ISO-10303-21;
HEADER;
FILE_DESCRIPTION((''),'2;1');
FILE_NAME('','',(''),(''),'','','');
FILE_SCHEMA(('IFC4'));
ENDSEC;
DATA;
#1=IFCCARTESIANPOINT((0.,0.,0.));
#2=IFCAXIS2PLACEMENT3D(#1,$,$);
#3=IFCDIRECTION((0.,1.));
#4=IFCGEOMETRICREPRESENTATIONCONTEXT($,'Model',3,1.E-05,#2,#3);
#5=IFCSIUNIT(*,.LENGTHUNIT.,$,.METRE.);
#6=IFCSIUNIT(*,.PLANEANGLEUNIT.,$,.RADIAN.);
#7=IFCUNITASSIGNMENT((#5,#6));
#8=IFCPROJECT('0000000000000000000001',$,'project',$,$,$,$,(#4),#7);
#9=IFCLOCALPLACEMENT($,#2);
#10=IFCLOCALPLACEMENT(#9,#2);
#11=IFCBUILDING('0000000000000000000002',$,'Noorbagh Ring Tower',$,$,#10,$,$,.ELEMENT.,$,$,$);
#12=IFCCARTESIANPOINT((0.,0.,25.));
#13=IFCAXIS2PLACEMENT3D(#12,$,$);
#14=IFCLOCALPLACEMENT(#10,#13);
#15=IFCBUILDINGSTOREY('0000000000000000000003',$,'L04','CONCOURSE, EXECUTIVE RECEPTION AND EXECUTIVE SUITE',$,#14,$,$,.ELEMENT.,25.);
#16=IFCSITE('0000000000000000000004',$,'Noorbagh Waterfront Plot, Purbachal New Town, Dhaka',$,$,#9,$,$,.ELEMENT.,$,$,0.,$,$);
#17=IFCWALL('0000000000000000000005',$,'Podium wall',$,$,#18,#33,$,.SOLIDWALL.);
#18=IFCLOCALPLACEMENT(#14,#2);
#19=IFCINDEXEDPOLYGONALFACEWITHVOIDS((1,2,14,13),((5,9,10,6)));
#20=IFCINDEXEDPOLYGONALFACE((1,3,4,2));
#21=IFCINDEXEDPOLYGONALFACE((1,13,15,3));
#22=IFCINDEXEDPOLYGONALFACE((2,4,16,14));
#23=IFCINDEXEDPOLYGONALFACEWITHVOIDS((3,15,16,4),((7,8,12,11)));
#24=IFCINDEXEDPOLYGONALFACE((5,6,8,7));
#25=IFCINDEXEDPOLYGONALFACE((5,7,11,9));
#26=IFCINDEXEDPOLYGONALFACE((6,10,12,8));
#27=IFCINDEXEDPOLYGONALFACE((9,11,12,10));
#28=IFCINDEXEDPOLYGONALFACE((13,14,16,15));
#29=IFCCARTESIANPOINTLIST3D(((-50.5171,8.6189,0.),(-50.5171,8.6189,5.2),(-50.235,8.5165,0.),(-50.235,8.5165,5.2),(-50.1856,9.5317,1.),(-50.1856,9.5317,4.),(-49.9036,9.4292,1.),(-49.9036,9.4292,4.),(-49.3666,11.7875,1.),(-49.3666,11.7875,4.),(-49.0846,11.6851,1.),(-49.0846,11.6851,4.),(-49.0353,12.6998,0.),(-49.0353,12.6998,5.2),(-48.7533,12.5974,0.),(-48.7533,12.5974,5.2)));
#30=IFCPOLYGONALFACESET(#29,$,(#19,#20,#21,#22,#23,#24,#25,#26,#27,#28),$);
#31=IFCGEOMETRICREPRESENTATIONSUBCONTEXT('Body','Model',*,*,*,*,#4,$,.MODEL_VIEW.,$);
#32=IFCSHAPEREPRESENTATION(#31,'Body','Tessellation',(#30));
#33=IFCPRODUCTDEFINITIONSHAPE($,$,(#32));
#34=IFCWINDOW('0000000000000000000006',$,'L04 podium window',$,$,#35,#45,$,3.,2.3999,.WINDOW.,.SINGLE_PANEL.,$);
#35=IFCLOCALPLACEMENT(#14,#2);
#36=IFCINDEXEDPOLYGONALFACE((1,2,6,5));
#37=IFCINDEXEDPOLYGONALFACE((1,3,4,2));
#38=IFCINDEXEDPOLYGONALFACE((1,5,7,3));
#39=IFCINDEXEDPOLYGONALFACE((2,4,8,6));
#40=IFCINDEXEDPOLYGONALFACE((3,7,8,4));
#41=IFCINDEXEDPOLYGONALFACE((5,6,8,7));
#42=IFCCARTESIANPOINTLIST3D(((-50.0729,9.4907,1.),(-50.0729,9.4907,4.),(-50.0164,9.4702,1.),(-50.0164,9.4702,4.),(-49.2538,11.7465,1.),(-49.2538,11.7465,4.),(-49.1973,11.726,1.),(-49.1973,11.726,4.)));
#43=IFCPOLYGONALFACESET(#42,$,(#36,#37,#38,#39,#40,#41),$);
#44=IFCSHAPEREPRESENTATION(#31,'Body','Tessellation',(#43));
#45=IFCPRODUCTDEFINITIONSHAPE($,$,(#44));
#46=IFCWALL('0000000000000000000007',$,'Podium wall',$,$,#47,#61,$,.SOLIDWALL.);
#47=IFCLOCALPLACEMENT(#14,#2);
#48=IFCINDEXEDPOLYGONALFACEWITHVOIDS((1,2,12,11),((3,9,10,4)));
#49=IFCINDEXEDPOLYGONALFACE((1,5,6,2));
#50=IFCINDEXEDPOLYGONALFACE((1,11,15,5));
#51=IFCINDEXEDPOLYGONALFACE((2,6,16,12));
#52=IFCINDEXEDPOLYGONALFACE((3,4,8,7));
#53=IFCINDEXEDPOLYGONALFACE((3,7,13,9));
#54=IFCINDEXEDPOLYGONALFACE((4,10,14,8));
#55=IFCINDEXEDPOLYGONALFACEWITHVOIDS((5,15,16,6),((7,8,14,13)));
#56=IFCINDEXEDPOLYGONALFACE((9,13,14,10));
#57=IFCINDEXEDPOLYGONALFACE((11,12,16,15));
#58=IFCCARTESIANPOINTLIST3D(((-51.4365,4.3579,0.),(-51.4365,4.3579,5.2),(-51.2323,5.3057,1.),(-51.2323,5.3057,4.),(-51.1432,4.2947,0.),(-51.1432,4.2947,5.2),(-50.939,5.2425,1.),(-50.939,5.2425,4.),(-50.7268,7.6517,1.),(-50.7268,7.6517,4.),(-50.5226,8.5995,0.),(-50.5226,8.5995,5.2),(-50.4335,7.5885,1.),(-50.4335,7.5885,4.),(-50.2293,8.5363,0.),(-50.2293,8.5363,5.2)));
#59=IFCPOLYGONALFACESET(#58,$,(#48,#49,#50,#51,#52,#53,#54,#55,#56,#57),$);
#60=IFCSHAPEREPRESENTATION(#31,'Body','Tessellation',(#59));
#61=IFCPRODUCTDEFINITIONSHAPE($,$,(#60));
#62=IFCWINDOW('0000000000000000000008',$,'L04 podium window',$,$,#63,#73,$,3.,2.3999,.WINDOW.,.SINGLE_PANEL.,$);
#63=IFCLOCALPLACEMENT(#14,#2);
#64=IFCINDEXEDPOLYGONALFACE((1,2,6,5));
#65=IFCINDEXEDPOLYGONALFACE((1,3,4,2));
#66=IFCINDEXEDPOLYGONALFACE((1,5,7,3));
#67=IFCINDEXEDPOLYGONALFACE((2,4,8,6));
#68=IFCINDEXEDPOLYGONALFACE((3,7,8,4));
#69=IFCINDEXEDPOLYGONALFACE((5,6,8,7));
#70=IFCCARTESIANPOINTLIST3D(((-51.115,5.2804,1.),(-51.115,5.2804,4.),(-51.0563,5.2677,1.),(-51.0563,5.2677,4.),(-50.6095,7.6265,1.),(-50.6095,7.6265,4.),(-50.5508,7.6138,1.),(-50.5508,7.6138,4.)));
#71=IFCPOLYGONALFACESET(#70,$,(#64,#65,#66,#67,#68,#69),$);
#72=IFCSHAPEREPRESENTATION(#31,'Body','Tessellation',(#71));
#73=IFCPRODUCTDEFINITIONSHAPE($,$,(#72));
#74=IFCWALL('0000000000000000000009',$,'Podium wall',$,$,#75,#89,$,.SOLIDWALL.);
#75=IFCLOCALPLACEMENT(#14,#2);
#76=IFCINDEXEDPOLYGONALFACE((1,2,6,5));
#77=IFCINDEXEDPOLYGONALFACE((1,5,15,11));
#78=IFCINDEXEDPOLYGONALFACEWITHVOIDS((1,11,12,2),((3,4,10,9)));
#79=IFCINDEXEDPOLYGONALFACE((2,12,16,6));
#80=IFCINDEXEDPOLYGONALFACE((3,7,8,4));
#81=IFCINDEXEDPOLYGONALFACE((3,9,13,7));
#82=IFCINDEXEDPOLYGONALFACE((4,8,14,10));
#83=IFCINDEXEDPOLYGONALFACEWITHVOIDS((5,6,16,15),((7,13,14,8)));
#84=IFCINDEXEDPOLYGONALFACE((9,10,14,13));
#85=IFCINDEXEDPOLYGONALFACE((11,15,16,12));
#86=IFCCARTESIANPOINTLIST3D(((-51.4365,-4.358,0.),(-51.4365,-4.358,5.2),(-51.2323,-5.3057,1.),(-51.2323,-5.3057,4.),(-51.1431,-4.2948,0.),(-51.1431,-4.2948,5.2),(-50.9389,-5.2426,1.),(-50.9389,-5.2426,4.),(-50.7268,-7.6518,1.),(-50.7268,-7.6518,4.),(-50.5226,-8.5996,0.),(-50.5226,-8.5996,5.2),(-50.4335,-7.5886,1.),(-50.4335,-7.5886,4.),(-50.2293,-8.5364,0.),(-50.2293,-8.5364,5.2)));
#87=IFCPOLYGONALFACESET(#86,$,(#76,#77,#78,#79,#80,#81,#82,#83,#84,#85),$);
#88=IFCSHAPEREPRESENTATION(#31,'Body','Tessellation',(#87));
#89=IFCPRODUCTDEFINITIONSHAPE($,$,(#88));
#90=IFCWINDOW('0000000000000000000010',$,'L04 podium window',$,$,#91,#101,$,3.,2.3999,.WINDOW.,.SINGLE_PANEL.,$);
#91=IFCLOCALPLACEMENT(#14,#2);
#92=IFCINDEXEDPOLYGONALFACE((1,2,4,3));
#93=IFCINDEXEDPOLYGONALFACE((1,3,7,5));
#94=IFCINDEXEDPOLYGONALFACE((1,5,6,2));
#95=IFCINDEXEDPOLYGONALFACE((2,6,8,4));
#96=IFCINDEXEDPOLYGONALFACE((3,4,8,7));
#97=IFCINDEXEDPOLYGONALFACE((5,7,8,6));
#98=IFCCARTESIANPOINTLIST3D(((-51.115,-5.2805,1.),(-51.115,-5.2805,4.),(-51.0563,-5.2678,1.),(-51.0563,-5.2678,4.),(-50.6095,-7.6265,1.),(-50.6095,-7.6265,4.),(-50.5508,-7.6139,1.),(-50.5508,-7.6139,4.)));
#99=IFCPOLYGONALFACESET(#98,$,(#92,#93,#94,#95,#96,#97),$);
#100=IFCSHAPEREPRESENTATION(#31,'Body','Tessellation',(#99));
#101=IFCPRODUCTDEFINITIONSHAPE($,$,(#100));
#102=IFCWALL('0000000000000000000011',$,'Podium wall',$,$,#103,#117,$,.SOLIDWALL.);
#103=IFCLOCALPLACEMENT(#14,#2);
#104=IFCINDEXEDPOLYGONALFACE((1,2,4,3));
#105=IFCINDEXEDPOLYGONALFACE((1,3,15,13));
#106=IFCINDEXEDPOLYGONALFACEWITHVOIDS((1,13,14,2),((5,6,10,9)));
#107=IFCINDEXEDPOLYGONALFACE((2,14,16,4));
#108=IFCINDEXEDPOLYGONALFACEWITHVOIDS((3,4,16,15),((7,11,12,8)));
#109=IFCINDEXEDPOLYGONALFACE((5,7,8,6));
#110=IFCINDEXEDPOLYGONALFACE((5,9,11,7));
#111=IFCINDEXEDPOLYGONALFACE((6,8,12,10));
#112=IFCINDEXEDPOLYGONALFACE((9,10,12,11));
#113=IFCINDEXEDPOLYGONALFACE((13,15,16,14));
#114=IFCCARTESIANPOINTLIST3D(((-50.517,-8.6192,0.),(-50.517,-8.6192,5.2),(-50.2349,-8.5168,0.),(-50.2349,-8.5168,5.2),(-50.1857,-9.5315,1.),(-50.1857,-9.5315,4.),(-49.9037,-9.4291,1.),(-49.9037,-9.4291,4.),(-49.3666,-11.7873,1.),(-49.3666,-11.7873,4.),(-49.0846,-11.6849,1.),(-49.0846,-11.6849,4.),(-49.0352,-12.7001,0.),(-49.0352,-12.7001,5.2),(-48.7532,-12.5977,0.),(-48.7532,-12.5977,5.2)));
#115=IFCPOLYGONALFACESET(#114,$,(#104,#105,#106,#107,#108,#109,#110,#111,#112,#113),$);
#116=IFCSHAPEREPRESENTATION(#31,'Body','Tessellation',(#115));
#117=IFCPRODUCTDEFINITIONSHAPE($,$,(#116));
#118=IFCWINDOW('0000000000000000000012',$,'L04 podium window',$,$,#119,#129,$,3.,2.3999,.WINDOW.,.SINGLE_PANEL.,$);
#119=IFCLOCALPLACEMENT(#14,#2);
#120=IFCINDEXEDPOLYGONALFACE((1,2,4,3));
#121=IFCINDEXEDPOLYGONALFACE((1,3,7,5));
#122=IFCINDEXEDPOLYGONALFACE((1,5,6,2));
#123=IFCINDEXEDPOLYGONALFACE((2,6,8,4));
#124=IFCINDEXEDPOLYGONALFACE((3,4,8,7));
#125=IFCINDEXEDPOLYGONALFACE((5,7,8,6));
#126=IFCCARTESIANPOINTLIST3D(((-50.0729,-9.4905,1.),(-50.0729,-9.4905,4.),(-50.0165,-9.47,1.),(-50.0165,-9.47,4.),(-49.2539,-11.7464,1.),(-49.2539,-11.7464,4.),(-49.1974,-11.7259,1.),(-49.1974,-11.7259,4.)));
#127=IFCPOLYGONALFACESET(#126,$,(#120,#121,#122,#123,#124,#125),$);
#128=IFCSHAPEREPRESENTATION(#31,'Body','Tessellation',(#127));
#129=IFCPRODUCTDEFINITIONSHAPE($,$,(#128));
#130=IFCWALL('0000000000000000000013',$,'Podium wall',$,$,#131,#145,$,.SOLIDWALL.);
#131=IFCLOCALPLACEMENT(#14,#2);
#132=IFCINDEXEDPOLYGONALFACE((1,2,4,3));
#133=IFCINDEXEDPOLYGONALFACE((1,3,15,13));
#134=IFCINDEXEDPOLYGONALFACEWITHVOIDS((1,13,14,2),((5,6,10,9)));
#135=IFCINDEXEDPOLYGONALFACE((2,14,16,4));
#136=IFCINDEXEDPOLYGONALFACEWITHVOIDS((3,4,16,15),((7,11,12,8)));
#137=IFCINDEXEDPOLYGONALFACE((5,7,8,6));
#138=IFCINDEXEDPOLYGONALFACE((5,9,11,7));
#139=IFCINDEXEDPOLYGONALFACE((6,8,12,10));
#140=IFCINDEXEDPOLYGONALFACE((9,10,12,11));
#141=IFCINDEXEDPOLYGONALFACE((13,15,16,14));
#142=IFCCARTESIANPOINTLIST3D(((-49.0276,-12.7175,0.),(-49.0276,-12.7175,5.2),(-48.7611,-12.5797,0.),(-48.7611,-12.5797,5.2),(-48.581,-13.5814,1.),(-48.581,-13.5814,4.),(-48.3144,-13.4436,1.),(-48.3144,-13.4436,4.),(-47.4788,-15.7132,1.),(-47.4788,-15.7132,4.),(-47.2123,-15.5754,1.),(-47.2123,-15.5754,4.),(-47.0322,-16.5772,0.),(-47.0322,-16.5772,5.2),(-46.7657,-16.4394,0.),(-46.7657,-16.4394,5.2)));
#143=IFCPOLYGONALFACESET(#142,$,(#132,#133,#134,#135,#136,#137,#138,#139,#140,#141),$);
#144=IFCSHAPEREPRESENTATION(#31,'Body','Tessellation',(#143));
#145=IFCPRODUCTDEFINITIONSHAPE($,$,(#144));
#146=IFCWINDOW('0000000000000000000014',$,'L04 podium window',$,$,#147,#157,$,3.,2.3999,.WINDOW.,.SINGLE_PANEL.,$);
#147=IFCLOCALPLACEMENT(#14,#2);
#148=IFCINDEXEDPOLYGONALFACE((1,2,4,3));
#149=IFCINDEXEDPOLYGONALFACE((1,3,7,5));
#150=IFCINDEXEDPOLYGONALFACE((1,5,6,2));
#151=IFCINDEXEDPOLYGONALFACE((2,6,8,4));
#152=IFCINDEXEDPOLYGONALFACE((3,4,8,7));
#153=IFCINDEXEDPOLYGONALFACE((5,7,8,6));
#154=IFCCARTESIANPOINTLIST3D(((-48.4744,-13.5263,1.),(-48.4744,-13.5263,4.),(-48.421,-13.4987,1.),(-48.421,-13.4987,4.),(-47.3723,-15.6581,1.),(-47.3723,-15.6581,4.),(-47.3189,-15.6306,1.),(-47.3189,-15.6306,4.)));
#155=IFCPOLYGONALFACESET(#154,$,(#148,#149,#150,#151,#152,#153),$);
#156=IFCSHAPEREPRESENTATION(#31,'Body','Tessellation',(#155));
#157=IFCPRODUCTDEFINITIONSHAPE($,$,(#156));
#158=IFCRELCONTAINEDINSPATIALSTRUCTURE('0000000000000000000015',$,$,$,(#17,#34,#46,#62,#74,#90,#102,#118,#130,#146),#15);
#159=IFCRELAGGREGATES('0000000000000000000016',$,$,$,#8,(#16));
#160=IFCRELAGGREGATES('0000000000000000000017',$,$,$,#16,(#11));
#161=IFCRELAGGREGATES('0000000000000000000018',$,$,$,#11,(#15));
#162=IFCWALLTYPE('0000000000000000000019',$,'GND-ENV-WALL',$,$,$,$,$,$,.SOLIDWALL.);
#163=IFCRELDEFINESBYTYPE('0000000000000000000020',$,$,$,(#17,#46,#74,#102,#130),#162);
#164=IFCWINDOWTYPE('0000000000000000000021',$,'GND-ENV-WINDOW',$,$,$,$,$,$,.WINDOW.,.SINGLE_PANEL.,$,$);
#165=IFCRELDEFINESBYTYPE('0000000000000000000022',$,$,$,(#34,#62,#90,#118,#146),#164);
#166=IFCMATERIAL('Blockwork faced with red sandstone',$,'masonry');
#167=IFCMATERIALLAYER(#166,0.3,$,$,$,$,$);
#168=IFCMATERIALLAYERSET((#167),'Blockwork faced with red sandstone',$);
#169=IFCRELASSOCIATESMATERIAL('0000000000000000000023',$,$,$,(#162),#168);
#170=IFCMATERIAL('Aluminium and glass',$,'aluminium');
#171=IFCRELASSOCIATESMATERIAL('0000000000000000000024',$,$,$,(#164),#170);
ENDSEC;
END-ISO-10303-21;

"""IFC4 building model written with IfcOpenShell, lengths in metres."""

from ifc_helpers import new_model, si_unit, direction, frame, frame_2d, origin, place, context, subcontext, project, spatial, rectangle, extrude, material, layer, layer_set, type_object, element, fill, save


model = new_model("IFC4")

# Units and contexts
model_context = context("Model", 3, precision=1e-05, world=origin(), true_north=direction((0.0, 1.0)))
body_context = subcontext(model_context, "Body", "Model", "MODEL_VIEW")
ifc_project = project(units=[si_unit("LENGTHUNIT", "METRE"), si_unit("PLANEANGLEUNIT", "RADIAN")], contexts=[model_context])

# Site, building, storey
site_placement = place(None, origin())
site = spatial("IfcSite", under=ifc_project, at=site_placement, Name="Noorbagh Waterfront Plot, Purbachal New Town, Dhaka", CompositionType="ELEMENT", RefElevation=0.0)
building_placement = place(site_placement, origin())
building = spatial("IfcBuilding", under=site, at=building_placement, Name="Noorbagh Ring Tower", CompositionType="ELEMENT")
storey_placement = place(building_placement, frame((0.0, 0.0, 25.0)))
storey = spatial("IfcBuildingStorey", under=building, at=storey_placement, Name="L04", Description="CONCOURSE, EXECUTIVE RECEPTION AND EXECUTIVE SUITE", CompositionType="ELEMENT", Elevation=25.0)

# Walls, openings, windows
ifc_material_1 = material(Name="Blockwork faced with red sandstone", Category="masonry")
ifc_layer_1 = layer(ifc_material_1, 0.3)
ifc_layer_set_1 = layer_set([ifc_layer_1], Name="Blockwork faced with red sandstone")
wall_type_1 = type_object("IfcWallType", Name="GND-ENV-WALL", PredefinedType="SOLIDWALL", material=ifc_layer_set_1)
wall_1_placement = place(storey_placement, frame((-48.8943, 12.6487, 0.0), z_axis=(0.0, 0.0, 1.0), x_axis=(-0.341287, -0.939959, 0.0)))
wall_1 = element("IfcWall", 1, at=wall_1_placement, inside=storey, type_object=wall_type_1, Name="Podium wall", PredefinedType="SOLIDWALL", context=body_context, shape_type="SweptSolid", body=[
    extrude(rectangle(XDim=4.3416, YDim=0.3, at=frame_2d((2.1709, 0.0))), origin(), (0.0, 0.0, 1.0), 5.2),
])
opening_1_placement = place(wall_1_placement, frame((0.9707, 0.0, 1.0)))
opening_1 = element("IfcOpeningElement", 2, at=opening_1_placement, cuts=wall_1, PredefinedType="OPENING", context=body_context, shape_type="SweptSolid", body=[
    extrude(rectangle(XDim=2.3999, YDim=3.0, at=frame_2d((1.2, 1.5))), frame((0.0, 0.1602, 0.0), z_axis=(0.0, -1.0, 0.0), x_axis=(1.0, 0.0, 0.0)), (0.0, 0.0, 1.0), 0.3201),
])
ifc_material_2 = material(Name="Aluminium and glass", Category="aluminium")
window_type = type_object("IfcWindowType", Name="GND-ENV-WINDOW", PartitioningType="SINGLE_PANEL", PredefinedType="WINDOW", material=ifc_material_2)
window_1_placement = place(opening_1_placement, origin())
window_1 = element("IfcWindow", 3, at=window_1_placement, inside=storey, type_object=window_type, Name="L04 podium window", OverallHeight=3.0, OverallWidth=2.3999, PartitioningType="SINGLE_PANEL", PredefinedType="WINDOW", context=body_context, shape_type="SweptSolid", body=[
    extrude(rectangle(XDim=2.3999, YDim=3.0, at=frame_2d((1.2, 1.5))), frame((0.0, 0.03, 0.0), z_axis=(0.0, -1.0, 0.0), x_axis=(1.0, 0.0, 0.0)), (0.0, 0.0, 1.0), 0.0601),
])
fill(opening_1, window_1)
wall_2_placement = place(storey_placement, frame((-50.376, 8.5679, 0.0), z_axis=(0.0, 0.0, 1.0), x_axis=(-0.210616, -0.977569, 0.0)))
wall_2 = element("IfcWall", 4, at=wall_2_placement, inside=storey, type_object=wall_type_1, Name="Podium wall", PredefinedType="SOLIDWALL", context=body_context, shape_type="SweptSolid", body=[
    extrude(rectangle(XDim=4.3389, YDim=0.3, at=frame_2d((2.1694, 0.0))), origin(), (0.0, 0.0, 1.0), 5.2),
])
opening_2_placement = place(wall_2_placement, frame((0.9695, 0.0, 1.0)))
opening_2 = element("IfcOpeningElement", 5, at=opening_2_placement, cuts=wall_2, PredefinedType="OPENING", context=body_context, shape_type="SweptSolid", body=[
    extrude(rectangle(XDim=2.3999, YDim=3.0, at=frame_2d((1.2, 1.5))), frame((0.0, 0.1602, 0.0), z_axis=(0.0, -1.0, 0.0), x_axis=(1.0, 0.0, 0.0)), (0.0, 0.0, 1.0), 0.3201),
])
window_2_placement = place(opening_2_placement, origin())
window_2 = element("IfcWindow", 6, at=window_2_placement, inside=storey, type_object=window_type, Name="L04 podium window", OverallHeight=3.0, OverallWidth=2.3999, PartitioningType="SINGLE_PANEL", PredefinedType="WINDOW", context=body_context, shape_type="SweptSolid", body=[
    extrude(rectangle(XDim=2.3999, YDim=3.0, at=frame_2d((1.2, 1.5))), frame((0.0, 0.03, 0.0), z_axis=(0.0, -1.0, 0.0), x_axis=(1.0, 0.0, 0.0)), (0.0, 0.0, 1.0), 0.0601),
])
fill(opening_2, window_2)
wall_3_placement = place(storey_placement, frame((-51.2898, -4.3264, 0.0), z_axis=(0.0, 0.0, 1.0), x_axis=(0.210616, -0.977569, 0.0)))
wall_3 = element("IfcWall", 7, at=wall_3_placement, inside=storey, type_object=wall_type_1, Name="Podium wall", PredefinedType="SOLIDWALL", context=body_context, shape_type="SweptSolid", body=[
    extrude(rectangle(XDim=4.3389, YDim=0.3, at=frame_2d((2.1694, 0.0))), origin(), (0.0, 0.0, 1.0), 5.2),
])
opening_3_placement = place(wall_3_placement, frame((0.9695, 0.0, 1.0)))
opening_3 = element("IfcOpeningElement", 8, at=opening_3_placement, cuts=wall_3, PredefinedType="OPENING", context=body_context, shape_type="SweptSolid", body=[
    extrude(rectangle(XDim=2.3999, YDim=3.0, at=frame_2d((1.2, 1.5))), frame((0.0, 0.1602, 0.0), z_axis=(0.0, -1.0, 0.0), x_axis=(1.0, 0.0, 0.0)), (0.0, 0.0, 1.0), 0.3201),
])
window_3_placement = place(opening_3_placement, origin())
window_3 = element("IfcWindow", 9, at=window_3_placement, inside=storey, type_object=window_type, Name="L04 podium window", OverallHeight=3.0, OverallWidth=2.3999, PartitioningType="SINGLE_PANEL", PredefinedType="WINDOW", context=body_context, shape_type="SweptSolid", body=[
    extrude(rectangle(XDim=2.3999, YDim=3.0, at=frame_2d((1.2, 1.5))), frame((0.0, 0.03, 0.0), z_axis=(0.0, -1.0, 0.0), x_axis=(1.0, 0.0, 0.0)), (0.0, 0.0, 1.0), 0.0601),
])
fill(opening_3, window_3)
wall_4_placement = place(storey_placement, frame((-50.376, -8.5679, 0.0), z_axis=(0.0, 0.0, 1.0), x_axis=(0.341287, -0.939959, 0.0)))
wall_4 = element("IfcWall", 10, at=wall_4_placement, inside=storey, type_object=wall_type_1, Name="Podium wall", PredefinedType="SOLIDWALL", context=body_context, shape_type="SweptSolid", body=[
    extrude(rectangle(XDim=4.3416, YDim=0.3, at=frame_2d((2.1709, 0.0))), origin(), (0.0, 0.0, 1.0), 5.2),
])
opening_4_placement = place(wall_4_placement, frame((0.9707, 0.0, 1.0)))
opening_4 = element("IfcOpeningElement", 11, at=opening_4_placement, cuts=wall_4, PredefinedType="OPENING", context=body_context, shape_type="SweptSolid", body=[
    extrude(rectangle(XDim=2.3999, YDim=3.0, at=frame_2d((1.2, 1.5))), frame((0.0, 0.1602, 0.0), z_axis=(0.0, -1.0, 0.0), x_axis=(1.0, 0.0, 0.0)), (0.0, 0.0, 1.0), 0.3201),
])
window_4_placement = place(opening_4_placement, origin())
window_4 = element("IfcWindow", 12, at=window_4_placement, inside=storey, type_object=window_type, Name="L04 podium window", OverallHeight=3.0, OverallWidth=2.3999, PartitioningType="SINGLE_PANEL", PredefinedType="WINDOW", context=body_context, shape_type="SweptSolid", body=[
    extrude(rectangle(XDim=2.3999, YDim=3.0, at=frame_2d((1.2, 1.5))), frame((0.0, 0.03, 0.0), z_axis=(0.0, -1.0, 0.0), x_axis=(1.0, 0.0, 0.0)), (0.0, 0.0, 1.0), 0.0601),
])
fill(opening_4, window_4)
wall_5_placement = place(storey_placement, frame((-48.8943, -12.6487, 0.0), z_axis=(0.0, 0.0, 1.0), x_axis=(0.459243, -0.888311, 0.0)))
wall_5 = element("IfcWall", 13, at=wall_5_placement, inside=storey, type_object=wall_type_1, Name="Podium wall", PredefinedType="SOLIDWALL", context=body_context, shape_type="SweptSolid", body=[
    extrude(rectangle(XDim=4.345, YDim=0.3, at=frame_2d((2.1724, 0.0))), origin(), (0.0, 0.0, 1.0), 5.2),
])
opening_5_placement = place(wall_5_placement, frame((0.9724, 0.0, 1.0)))
opening_5 = element("IfcOpeningElement", 14, at=opening_5_placement, cuts=wall_5, PredefinedType="OPENING", context=body_context, shape_type="SweptSolid", body=[
    extrude(rectangle(XDim=2.3999, YDim=3.0, at=frame_2d((1.2, 1.5))), frame((0.0, 0.1602, 0.0), z_axis=(0.0, -1.0, 0.0), x_axis=(1.0, 0.0, 0.0)), (0.0, 0.0, 1.0), 0.3201),
])
window_5_placement = place(opening_5_placement, origin())
window_5 = element("IfcWindow", 15, at=window_5_placement, inside=storey, type_object=window_type, Name="L04 podium window", OverallHeight=3.0, OverallWidth=2.3999, PartitioningType="SINGLE_PANEL", PredefinedType="WINDOW", context=body_context, shape_type="SweptSolid", body=[
    extrude(rectangle(XDim=2.3999, YDim=3.0, at=frame_2d((1.2, 1.5))), frame((0.0, 0.03, 0.0), z_axis=(0.0, -1.0, 0.0), x_axis=(1.0, 0.0, 0.0)), (0.0, 0.0, 1.0), 0.0601),
])
fill(opening_5, window_5)

save(model, "model.ifc")
